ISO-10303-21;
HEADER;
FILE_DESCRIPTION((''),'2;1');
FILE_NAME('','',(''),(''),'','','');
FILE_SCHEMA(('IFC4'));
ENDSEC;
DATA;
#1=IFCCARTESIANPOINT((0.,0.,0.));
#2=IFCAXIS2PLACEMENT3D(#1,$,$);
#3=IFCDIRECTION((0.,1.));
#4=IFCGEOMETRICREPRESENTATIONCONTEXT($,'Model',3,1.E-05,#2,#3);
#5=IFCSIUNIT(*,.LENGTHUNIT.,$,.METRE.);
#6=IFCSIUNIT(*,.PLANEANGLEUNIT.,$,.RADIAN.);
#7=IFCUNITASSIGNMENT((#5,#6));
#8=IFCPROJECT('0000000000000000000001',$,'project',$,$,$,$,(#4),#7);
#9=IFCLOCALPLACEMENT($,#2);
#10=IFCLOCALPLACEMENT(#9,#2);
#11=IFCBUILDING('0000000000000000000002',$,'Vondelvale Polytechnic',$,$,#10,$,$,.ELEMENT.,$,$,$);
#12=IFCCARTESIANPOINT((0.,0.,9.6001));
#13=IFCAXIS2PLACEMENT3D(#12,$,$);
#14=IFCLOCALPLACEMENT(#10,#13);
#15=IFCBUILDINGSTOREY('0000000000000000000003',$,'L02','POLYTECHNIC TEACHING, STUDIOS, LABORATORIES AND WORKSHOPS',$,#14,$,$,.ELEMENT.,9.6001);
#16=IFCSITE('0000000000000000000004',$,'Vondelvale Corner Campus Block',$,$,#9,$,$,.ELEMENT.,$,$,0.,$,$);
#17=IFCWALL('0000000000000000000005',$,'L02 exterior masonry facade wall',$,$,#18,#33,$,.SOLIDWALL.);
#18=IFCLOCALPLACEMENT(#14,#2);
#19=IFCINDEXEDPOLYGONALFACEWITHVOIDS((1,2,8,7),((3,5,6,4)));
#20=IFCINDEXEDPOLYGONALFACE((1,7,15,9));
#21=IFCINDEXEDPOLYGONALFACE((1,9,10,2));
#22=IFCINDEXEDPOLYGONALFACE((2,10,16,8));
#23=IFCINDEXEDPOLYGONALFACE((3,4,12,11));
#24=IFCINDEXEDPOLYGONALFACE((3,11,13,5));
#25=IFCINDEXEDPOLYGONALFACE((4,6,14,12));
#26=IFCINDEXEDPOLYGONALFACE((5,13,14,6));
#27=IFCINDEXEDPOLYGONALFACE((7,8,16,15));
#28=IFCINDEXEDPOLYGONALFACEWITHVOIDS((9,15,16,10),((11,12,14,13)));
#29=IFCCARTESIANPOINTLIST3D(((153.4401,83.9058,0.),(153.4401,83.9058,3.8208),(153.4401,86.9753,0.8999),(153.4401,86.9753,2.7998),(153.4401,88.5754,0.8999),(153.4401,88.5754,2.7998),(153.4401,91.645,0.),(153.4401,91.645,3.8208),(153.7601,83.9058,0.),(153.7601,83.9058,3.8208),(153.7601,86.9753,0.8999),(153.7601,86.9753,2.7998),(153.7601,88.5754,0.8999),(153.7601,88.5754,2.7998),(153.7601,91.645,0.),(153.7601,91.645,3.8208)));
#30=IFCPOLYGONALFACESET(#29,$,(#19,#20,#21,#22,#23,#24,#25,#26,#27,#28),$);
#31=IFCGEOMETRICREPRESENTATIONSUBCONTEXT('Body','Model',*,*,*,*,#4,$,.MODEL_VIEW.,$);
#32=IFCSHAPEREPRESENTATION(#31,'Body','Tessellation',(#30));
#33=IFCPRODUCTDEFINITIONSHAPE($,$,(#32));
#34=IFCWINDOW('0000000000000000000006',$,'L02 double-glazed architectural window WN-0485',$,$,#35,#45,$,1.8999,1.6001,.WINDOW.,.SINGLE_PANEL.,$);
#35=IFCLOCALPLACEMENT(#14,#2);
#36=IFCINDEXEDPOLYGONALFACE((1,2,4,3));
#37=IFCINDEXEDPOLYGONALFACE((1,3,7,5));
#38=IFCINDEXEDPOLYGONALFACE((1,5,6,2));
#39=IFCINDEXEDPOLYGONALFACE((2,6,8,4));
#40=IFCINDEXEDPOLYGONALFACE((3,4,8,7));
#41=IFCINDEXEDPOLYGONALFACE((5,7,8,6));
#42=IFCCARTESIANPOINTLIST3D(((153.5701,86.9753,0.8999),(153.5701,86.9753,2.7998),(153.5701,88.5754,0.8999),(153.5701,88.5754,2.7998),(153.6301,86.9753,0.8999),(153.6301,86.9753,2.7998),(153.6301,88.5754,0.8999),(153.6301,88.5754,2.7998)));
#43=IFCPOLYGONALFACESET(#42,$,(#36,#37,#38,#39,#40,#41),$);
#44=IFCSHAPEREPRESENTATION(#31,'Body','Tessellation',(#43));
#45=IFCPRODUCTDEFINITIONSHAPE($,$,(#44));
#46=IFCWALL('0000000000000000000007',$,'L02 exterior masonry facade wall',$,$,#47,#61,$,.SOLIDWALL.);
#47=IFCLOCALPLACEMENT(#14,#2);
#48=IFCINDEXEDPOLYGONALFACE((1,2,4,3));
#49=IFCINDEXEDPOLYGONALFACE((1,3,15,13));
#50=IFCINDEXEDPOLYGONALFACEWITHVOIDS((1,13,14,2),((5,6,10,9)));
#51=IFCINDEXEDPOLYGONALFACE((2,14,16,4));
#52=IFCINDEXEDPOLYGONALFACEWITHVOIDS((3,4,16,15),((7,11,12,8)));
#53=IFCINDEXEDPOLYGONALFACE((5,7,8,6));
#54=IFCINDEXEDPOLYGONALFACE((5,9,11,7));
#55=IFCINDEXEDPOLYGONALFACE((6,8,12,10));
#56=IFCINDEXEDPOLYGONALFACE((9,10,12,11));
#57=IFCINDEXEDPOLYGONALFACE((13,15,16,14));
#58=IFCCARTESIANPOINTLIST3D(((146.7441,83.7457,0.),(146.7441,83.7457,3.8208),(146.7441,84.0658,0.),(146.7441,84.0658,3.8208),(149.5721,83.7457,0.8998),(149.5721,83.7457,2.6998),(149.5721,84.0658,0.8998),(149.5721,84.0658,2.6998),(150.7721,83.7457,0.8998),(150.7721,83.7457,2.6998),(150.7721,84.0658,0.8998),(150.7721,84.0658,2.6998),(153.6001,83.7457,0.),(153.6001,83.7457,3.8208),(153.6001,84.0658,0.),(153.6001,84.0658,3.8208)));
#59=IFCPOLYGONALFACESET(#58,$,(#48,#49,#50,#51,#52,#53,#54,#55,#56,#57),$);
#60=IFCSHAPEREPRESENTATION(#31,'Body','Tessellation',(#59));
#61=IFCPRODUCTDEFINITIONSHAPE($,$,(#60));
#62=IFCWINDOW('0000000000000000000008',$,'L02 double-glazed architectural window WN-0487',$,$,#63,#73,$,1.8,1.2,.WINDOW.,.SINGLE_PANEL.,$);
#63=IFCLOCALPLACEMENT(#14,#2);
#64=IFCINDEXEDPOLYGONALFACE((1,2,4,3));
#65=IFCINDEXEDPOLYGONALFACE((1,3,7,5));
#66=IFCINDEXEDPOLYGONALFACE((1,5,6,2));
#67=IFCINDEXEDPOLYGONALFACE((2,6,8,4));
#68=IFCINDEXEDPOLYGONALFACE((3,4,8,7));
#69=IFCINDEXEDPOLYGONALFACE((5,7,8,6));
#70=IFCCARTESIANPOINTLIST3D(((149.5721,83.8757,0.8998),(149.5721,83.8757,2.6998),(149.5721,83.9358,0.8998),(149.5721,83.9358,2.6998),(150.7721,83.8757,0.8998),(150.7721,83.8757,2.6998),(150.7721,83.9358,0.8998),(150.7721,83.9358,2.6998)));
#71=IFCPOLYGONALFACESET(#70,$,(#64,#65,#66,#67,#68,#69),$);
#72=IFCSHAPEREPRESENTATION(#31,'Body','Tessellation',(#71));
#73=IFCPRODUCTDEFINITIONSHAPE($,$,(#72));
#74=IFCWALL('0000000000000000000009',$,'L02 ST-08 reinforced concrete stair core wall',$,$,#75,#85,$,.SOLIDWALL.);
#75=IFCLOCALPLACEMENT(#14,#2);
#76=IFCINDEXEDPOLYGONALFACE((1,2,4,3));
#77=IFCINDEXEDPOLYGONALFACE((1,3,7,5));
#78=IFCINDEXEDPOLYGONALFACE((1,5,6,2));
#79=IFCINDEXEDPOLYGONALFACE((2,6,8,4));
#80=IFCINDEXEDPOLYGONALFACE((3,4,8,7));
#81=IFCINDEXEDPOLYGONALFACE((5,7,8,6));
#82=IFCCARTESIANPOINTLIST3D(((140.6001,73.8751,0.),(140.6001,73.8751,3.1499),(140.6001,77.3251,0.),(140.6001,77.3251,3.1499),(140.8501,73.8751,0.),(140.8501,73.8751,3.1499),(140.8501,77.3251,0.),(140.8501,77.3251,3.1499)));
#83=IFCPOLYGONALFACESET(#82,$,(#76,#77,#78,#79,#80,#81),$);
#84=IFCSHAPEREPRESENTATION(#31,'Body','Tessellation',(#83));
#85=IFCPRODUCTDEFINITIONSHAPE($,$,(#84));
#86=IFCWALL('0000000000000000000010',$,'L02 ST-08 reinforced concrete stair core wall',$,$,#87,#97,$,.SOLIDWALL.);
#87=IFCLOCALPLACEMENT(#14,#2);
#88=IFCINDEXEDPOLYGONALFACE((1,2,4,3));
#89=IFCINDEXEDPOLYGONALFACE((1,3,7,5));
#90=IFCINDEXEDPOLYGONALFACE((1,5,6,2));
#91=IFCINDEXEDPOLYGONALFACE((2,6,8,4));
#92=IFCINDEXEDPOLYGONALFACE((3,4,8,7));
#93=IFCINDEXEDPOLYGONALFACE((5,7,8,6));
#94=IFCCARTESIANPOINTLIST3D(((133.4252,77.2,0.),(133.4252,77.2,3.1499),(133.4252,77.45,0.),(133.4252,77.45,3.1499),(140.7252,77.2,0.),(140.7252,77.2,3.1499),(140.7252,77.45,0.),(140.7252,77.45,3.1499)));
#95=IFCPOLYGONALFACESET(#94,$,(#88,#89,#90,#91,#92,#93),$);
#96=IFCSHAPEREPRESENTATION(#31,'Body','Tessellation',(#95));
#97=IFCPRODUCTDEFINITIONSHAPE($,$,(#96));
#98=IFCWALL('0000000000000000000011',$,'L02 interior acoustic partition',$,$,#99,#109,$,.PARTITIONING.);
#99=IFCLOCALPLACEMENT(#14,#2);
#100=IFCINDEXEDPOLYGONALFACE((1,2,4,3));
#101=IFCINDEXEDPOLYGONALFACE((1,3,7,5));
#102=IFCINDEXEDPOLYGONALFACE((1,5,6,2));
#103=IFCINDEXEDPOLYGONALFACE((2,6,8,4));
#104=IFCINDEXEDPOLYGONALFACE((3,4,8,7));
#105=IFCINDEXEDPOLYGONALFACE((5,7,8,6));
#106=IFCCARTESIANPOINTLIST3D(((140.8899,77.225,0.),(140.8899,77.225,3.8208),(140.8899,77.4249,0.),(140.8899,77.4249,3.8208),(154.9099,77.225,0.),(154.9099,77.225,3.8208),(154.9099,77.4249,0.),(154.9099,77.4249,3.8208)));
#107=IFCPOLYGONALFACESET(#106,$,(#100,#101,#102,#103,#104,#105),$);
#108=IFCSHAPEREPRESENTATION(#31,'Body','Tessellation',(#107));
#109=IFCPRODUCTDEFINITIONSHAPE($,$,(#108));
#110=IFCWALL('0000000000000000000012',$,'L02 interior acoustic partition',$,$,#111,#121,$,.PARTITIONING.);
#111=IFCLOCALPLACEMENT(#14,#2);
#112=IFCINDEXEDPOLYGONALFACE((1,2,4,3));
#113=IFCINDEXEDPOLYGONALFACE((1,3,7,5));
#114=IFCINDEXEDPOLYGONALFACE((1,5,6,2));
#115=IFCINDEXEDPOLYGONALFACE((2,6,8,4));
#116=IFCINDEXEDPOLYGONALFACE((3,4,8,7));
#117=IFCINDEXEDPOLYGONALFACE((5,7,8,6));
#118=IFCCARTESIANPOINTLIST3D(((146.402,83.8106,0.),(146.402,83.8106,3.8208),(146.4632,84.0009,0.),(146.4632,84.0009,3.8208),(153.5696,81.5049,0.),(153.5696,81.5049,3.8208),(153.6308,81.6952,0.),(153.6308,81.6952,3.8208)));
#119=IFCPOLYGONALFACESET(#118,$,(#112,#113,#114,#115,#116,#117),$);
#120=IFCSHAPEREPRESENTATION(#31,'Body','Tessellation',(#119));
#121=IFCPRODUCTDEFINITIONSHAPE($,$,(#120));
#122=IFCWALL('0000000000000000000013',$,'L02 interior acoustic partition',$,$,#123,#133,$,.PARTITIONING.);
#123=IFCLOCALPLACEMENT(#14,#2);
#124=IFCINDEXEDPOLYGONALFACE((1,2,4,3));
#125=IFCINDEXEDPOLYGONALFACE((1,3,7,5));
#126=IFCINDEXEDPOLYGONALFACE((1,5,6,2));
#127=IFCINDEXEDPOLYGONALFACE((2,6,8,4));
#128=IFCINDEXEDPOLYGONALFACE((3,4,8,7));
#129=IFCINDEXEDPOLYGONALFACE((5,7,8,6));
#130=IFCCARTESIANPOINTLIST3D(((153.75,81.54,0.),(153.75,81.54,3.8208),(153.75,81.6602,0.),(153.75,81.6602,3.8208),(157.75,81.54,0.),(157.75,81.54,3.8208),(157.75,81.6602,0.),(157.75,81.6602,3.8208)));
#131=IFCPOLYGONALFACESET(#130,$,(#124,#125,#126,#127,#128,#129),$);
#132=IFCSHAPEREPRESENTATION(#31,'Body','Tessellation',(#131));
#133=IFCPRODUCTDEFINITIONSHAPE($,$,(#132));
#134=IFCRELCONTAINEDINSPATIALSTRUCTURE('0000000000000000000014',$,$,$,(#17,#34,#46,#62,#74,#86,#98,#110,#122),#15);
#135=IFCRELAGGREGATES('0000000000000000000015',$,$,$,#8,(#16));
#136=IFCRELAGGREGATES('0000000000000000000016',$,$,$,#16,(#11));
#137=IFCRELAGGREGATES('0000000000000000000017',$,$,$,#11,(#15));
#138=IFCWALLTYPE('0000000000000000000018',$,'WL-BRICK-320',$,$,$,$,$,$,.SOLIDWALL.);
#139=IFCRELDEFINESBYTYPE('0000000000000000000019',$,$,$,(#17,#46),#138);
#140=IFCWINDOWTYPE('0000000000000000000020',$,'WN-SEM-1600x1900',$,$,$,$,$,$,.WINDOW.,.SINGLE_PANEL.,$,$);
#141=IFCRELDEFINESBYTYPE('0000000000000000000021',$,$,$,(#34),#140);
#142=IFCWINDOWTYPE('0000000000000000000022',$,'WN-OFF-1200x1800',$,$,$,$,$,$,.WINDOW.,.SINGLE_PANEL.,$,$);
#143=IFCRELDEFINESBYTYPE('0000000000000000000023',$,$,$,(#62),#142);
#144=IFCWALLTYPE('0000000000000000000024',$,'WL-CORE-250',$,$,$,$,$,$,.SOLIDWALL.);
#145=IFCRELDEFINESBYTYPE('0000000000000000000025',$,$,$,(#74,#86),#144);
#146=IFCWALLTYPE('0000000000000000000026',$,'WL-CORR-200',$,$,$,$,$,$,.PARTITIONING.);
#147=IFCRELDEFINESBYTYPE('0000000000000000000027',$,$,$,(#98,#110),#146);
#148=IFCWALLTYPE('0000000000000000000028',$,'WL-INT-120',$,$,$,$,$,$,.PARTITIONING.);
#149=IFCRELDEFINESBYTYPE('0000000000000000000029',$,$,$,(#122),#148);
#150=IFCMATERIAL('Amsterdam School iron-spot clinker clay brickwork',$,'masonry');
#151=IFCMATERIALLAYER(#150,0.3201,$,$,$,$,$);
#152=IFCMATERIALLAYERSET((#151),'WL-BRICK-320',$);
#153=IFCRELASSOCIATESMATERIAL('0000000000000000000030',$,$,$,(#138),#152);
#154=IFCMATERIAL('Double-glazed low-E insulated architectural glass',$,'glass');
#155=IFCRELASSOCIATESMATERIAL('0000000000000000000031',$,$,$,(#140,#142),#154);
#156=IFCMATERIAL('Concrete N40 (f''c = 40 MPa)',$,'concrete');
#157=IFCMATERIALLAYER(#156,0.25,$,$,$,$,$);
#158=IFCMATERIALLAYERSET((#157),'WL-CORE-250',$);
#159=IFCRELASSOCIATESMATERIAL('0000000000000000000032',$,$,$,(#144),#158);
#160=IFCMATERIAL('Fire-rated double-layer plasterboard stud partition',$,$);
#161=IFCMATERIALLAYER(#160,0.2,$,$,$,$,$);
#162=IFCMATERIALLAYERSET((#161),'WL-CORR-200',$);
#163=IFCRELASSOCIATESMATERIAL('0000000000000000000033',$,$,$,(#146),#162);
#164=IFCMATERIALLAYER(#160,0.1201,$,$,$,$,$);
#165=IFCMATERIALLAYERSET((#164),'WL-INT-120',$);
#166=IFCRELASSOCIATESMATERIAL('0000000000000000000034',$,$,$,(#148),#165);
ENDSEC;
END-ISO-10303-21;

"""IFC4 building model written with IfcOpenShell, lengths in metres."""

from ifc_helpers import new_model, si_unit, direction, frame, frame_2d, origin, place, context, subcontext, project, spatial, rectangle, extrude, material, layer, layer_set, type_object, element, fill, save


model = new_model("IFC4")

# Units and contexts
model_context = context("Model", 3, precision=1e-05, world=origin(), true_north=direction((0.0, 1.0)))
body_context = subcontext(model_context, "Body", "Model", "MODEL_VIEW")
ifc_project = project(units=[si_unit("LENGTHUNIT", "METRE"), si_unit("PLANEANGLEUNIT", "RADIAN")], contexts=[model_context])

# Site, building, storey
site_placement = place(None, origin())
site = spatial("IfcSite", under=ifc_project, at=site_placement, Name="Vondelvale Corner Campus Block", CompositionType="ELEMENT", RefElevation=0.0)
building_placement = place(site_placement, origin())
building = spatial("IfcBuilding", under=site, at=building_placement, Name="Vondelvale Polytechnic", CompositionType="ELEMENT")
storey_placement = place(building_placement, frame((0.0, 0.0, 9.6001)))
storey = spatial("IfcBuildingStorey", under=building, at=storey_placement, Name="L02", Description="POLYTECHNIC TEACHING, STUDIOS, LABORATORIES AND WORKSHOPS", CompositionType="ELEMENT", Elevation=9.6001)

# Walls, openings, windows
ifc_material_1 = material(Name="Amsterdam School iron-spot clinker clay brickwork", Category="masonry")
ifc_layer_1 = layer(ifc_material_1, 0.3201)
ifc_layer_set_1 = layer_set([ifc_layer_1], Name="WL-BRICK-320")
wall_type_1 = type_object("IfcWallType", Name="WL-BRICK-320", PredefinedType="SOLIDWALL", material=ifc_layer_set_1)
wall_1_placement = place(storey_placement, frame((153.6001, 83.9058, 0.0), z_axis=(0.0, 0.0, 1.0), x_axis=(0.0, 1.0, 0.0)))
wall_1 = element("IfcWall", 1, at=wall_1_placement, inside=storey, type_object=wall_type_1, Name="L02 exterior masonry facade wall", PredefinedType="SOLIDWALL", context=body_context, shape_type="SweptSolid", body=[
    extrude(rectangle(XDim=7.7393, YDim=0.3201, at=frame_2d((3.8696, 0.0))), origin(), (0.0, 0.0, 1.0), 3.8208),
])
opening_1_placement = place(wall_1_placement, frame((3.0696, 0.0, 0.8999)))
opening_1 = element("IfcOpeningElement", 2, at=opening_1_placement, cuts=wall_1, PredefinedType="OPENING", context=body_context, shape_type="SweptSolid", body=[
    extrude(rectangle(XDim=1.6001, YDim=1.8999, at=frame_2d((0.8, 0.95))), frame((0.0, 0.1699, 0.0), z_axis=(0.0, -1.0, 0.0), x_axis=(1.0, 0.0, 0.0)), (0.0, 0.0, 1.0), 0.3401),
])
ifc_material_2 = material(Name="Double-glazed low-E insulated architectural glass", Category="glass")
window_type_1 = type_object("IfcWindowType", Name="WN-SEM-1600x1900", PartitioningType="SINGLE_PANEL", PredefinedType="WINDOW", material=ifc_material_2)
window_1_placement = place(opening_1_placement, origin())
window_1 = element("IfcWindow", 3, at=window_1_placement, inside=storey, type_object=window_type_1, Name="L02 double-glazed architectural window WN-0485", OverallHeight=1.8999, OverallWidth=1.6001, PartitioningType="SINGLE_PANEL", PredefinedType="WINDOW", context=body_context, shape_type="SweptSolid", body=[
    extrude(rectangle(XDim=1.6001, YDim=1.8999, at=frame_2d((0.8, 0.95))), frame((0.0, 0.03, 0.0), z_axis=(0.0, -1.0, 0.0), x_axis=(1.0, 0.0, 0.0)), (0.0, 0.0, 1.0), 0.0601),
])
fill(opening_1, window_1)
wall_2_placement = place(storey_placement, frame((146.7441, 83.9058, 0.0), z_axis=(0.0, 0.0, 1.0), x_axis=(1.0, 0.0, 0.0)))
wall_2 = element("IfcWall", 4, at=wall_2_placement, inside=storey, type_object=wall_type_1, Name="L02 exterior masonry facade wall", PredefinedType="SOLIDWALL", context=body_context, shape_type="SweptSolid", body=[
    extrude(rectangle(XDim=6.856, YDim=0.3201, at=frame_2d((3.428, 0.0))), origin(), (0.0, 0.0, 1.0), 3.8208),
])
opening_2_placement = place(wall_2_placement, frame((2.8279, 0.0, 0.8999)))
opening_2 = element("IfcOpeningElement", 5, at=opening_2_placement, cuts=wall_2, PredefinedType="OPENING", context=body_context, shape_type="SweptSolid", body=[
    extrude(rectangle(XDim=1.2, YDim=1.8, at=frame_2d((0.6001, 0.8999))), frame((0.0, 0.1699, 0.0), z_axis=(0.0, -1.0, 0.0), x_axis=(1.0, 0.0, 0.0)), (0.0, 0.0, 1.0), 0.3401),
])
window_type_2 = type_object("IfcWindowType", Name="WN-OFF-1200x1800", PartitioningType="SINGLE_PANEL", PredefinedType="WINDOW", material=ifc_material_2)
window_2_placement = place(opening_2_placement, origin())
window_2 = element("IfcWindow", 6, at=window_2_placement, inside=storey, type_object=window_type_2, Name="L02 double-glazed architectural window WN-0487", OverallHeight=1.8, OverallWidth=1.2, PartitioningType="SINGLE_PANEL", PredefinedType="WINDOW", context=body_context, shape_type="SweptSolid", body=[
    extrude(rectangle(XDim=1.2, YDim=1.8, at=frame_2d((0.6001, 0.8999))), frame((0.0, 0.03, 0.0), z_axis=(0.0, -1.0, 0.0), x_axis=(1.0, 0.0, 0.0)), (0.0, 0.0, 1.0), 0.0601),
])
fill(opening_2, window_2)

# Walls
ifc_material_3 = material(Name="Concrete N40 (f'c = 40 MPa)", Category="concrete")
ifc_layer_2 = layer(ifc_material_3, 0.25)
ifc_layer_set_2 = layer_set([ifc_layer_2], Name="WL-CORE-250")
wall_type_2 = type_object("IfcWallType", Name="WL-CORE-250", PredefinedType="SOLIDWALL", material=ifc_layer_set_2)
wall_3_placement = place(storey_placement, frame((140.7251, 73.875, 0.0), z_axis=(0.0, 0.0, 1.0), x_axis=(0.0, 1.0, 0.0)))
element("IfcWall", 7, at=wall_3_placement, inside=storey, type_object=wall_type_2, Name="L02 ST-08 reinforced concrete stair core wall", PredefinedType="SOLIDWALL", context=body_context, shape_type="SweptSolid", body=[
    extrude(rectangle(XDim=3.45, YDim=0.25, at=frame_2d((1.7251, 0.0))), origin(), (0.0, 0.0, 1.0), 3.1499),
])
wall_4_placement = place(storey_placement, frame((140.7251, 77.325, 0.0), z_axis=(0.0, 0.0, 1.0), x_axis=(-1.0, 0.0, 0.0)))
element("IfcWall", 8, at=wall_4_placement, inside=storey, type_object=wall_type_2, Name="L02 ST-08 reinforced concrete stair core wall", PredefinedType="SOLIDWALL", context=body_context, shape_type="SweptSolid", body=[
    extrude(rectangle(XDim=7.3, YDim=0.25, at=frame_2d((3.6499, 0.0))), origin(), (0.0, 0.0, 1.0), 3.1499),
])
ifc_material_4 = material(Name="Fire-rated double-layer plasterboard stud partition")
ifc_layer_3 = layer(ifc_material_4, 0.2)
ifc_layer_set_3 = layer_set([ifc_layer_3], Name="WL-CORR-200")
wall_type_3 = type_object("IfcWallType", Name="WL-CORR-200", PredefinedType="PARTITIONING", material=ifc_layer_set_3)
wall_5_placement = place(storey_placement, frame((140.8899, 77.325, 0.0), z_axis=(0.0, 0.0, 1.0), x_axis=(1.0, 0.0, 0.0)))
element("IfcWall", 9, at=wall_5_placement, inside=storey, type_object=wall_type_3, Name="L02 interior acoustic partition", PredefinedType="PARTITIONING", context=body_context, shape_type="SweptSolid", body=[
    extrude(rectangle(XDim=14.02, YDim=0.2, at=frame_2d((7.01, 0.0))), origin(), (0.0, 0.0, 1.0), 3.8208),
])
wall_6_placement = place(storey_placement, frame((146.4326, 83.9058, 0.0), z_axis=(0.0, 0.0, 1.0), x_axis=(0.951958, -0.30623, 0.0)))
element("IfcWall", 10, at=wall_6_placement, inside=storey, type_object=wall_type_3, Name="L02 interior acoustic partition", PredefinedType="PARTITIONING", context=body_context, shape_type="SweptSolid", body=[
    extrude(rectangle(XDim=7.5293, YDim=0.2, at=frame_2d((3.7646, 0.0))), origin(), (0.0, 0.0, 1.0), 3.8208),
])
ifc_layer_4 = layer(ifc_material_4, 0.1201)
ifc_layer_set_4 = layer_set([ifc_layer_4], Name="WL-INT-120")
wall_type_4 = type_object("IfcWallType", Name="WL-INT-120", PredefinedType="PARTITIONING", material=ifc_layer_set_4)
wall_7_placement = place(storey_placement, frame((153.75, 81.6001, 0.0), z_axis=(0.0, 0.0, 1.0), x_axis=(1.0, 0.0, 0.0)))
element("IfcWall", 11, at=wall_7_placement, inside=storey, type_object=wall_type_4, Name="L02 interior acoustic partition", PredefinedType="PARTITIONING", context=body_context, shape_type="SweptSolid", body=[
    extrude(rectangle(XDim=4.0, YDim=0.1201, at=frame_2d((2.0, 0.0))), origin(), (0.0, 0.0, 1.0), 3.8208),
])

save(model, "model.ifc")
